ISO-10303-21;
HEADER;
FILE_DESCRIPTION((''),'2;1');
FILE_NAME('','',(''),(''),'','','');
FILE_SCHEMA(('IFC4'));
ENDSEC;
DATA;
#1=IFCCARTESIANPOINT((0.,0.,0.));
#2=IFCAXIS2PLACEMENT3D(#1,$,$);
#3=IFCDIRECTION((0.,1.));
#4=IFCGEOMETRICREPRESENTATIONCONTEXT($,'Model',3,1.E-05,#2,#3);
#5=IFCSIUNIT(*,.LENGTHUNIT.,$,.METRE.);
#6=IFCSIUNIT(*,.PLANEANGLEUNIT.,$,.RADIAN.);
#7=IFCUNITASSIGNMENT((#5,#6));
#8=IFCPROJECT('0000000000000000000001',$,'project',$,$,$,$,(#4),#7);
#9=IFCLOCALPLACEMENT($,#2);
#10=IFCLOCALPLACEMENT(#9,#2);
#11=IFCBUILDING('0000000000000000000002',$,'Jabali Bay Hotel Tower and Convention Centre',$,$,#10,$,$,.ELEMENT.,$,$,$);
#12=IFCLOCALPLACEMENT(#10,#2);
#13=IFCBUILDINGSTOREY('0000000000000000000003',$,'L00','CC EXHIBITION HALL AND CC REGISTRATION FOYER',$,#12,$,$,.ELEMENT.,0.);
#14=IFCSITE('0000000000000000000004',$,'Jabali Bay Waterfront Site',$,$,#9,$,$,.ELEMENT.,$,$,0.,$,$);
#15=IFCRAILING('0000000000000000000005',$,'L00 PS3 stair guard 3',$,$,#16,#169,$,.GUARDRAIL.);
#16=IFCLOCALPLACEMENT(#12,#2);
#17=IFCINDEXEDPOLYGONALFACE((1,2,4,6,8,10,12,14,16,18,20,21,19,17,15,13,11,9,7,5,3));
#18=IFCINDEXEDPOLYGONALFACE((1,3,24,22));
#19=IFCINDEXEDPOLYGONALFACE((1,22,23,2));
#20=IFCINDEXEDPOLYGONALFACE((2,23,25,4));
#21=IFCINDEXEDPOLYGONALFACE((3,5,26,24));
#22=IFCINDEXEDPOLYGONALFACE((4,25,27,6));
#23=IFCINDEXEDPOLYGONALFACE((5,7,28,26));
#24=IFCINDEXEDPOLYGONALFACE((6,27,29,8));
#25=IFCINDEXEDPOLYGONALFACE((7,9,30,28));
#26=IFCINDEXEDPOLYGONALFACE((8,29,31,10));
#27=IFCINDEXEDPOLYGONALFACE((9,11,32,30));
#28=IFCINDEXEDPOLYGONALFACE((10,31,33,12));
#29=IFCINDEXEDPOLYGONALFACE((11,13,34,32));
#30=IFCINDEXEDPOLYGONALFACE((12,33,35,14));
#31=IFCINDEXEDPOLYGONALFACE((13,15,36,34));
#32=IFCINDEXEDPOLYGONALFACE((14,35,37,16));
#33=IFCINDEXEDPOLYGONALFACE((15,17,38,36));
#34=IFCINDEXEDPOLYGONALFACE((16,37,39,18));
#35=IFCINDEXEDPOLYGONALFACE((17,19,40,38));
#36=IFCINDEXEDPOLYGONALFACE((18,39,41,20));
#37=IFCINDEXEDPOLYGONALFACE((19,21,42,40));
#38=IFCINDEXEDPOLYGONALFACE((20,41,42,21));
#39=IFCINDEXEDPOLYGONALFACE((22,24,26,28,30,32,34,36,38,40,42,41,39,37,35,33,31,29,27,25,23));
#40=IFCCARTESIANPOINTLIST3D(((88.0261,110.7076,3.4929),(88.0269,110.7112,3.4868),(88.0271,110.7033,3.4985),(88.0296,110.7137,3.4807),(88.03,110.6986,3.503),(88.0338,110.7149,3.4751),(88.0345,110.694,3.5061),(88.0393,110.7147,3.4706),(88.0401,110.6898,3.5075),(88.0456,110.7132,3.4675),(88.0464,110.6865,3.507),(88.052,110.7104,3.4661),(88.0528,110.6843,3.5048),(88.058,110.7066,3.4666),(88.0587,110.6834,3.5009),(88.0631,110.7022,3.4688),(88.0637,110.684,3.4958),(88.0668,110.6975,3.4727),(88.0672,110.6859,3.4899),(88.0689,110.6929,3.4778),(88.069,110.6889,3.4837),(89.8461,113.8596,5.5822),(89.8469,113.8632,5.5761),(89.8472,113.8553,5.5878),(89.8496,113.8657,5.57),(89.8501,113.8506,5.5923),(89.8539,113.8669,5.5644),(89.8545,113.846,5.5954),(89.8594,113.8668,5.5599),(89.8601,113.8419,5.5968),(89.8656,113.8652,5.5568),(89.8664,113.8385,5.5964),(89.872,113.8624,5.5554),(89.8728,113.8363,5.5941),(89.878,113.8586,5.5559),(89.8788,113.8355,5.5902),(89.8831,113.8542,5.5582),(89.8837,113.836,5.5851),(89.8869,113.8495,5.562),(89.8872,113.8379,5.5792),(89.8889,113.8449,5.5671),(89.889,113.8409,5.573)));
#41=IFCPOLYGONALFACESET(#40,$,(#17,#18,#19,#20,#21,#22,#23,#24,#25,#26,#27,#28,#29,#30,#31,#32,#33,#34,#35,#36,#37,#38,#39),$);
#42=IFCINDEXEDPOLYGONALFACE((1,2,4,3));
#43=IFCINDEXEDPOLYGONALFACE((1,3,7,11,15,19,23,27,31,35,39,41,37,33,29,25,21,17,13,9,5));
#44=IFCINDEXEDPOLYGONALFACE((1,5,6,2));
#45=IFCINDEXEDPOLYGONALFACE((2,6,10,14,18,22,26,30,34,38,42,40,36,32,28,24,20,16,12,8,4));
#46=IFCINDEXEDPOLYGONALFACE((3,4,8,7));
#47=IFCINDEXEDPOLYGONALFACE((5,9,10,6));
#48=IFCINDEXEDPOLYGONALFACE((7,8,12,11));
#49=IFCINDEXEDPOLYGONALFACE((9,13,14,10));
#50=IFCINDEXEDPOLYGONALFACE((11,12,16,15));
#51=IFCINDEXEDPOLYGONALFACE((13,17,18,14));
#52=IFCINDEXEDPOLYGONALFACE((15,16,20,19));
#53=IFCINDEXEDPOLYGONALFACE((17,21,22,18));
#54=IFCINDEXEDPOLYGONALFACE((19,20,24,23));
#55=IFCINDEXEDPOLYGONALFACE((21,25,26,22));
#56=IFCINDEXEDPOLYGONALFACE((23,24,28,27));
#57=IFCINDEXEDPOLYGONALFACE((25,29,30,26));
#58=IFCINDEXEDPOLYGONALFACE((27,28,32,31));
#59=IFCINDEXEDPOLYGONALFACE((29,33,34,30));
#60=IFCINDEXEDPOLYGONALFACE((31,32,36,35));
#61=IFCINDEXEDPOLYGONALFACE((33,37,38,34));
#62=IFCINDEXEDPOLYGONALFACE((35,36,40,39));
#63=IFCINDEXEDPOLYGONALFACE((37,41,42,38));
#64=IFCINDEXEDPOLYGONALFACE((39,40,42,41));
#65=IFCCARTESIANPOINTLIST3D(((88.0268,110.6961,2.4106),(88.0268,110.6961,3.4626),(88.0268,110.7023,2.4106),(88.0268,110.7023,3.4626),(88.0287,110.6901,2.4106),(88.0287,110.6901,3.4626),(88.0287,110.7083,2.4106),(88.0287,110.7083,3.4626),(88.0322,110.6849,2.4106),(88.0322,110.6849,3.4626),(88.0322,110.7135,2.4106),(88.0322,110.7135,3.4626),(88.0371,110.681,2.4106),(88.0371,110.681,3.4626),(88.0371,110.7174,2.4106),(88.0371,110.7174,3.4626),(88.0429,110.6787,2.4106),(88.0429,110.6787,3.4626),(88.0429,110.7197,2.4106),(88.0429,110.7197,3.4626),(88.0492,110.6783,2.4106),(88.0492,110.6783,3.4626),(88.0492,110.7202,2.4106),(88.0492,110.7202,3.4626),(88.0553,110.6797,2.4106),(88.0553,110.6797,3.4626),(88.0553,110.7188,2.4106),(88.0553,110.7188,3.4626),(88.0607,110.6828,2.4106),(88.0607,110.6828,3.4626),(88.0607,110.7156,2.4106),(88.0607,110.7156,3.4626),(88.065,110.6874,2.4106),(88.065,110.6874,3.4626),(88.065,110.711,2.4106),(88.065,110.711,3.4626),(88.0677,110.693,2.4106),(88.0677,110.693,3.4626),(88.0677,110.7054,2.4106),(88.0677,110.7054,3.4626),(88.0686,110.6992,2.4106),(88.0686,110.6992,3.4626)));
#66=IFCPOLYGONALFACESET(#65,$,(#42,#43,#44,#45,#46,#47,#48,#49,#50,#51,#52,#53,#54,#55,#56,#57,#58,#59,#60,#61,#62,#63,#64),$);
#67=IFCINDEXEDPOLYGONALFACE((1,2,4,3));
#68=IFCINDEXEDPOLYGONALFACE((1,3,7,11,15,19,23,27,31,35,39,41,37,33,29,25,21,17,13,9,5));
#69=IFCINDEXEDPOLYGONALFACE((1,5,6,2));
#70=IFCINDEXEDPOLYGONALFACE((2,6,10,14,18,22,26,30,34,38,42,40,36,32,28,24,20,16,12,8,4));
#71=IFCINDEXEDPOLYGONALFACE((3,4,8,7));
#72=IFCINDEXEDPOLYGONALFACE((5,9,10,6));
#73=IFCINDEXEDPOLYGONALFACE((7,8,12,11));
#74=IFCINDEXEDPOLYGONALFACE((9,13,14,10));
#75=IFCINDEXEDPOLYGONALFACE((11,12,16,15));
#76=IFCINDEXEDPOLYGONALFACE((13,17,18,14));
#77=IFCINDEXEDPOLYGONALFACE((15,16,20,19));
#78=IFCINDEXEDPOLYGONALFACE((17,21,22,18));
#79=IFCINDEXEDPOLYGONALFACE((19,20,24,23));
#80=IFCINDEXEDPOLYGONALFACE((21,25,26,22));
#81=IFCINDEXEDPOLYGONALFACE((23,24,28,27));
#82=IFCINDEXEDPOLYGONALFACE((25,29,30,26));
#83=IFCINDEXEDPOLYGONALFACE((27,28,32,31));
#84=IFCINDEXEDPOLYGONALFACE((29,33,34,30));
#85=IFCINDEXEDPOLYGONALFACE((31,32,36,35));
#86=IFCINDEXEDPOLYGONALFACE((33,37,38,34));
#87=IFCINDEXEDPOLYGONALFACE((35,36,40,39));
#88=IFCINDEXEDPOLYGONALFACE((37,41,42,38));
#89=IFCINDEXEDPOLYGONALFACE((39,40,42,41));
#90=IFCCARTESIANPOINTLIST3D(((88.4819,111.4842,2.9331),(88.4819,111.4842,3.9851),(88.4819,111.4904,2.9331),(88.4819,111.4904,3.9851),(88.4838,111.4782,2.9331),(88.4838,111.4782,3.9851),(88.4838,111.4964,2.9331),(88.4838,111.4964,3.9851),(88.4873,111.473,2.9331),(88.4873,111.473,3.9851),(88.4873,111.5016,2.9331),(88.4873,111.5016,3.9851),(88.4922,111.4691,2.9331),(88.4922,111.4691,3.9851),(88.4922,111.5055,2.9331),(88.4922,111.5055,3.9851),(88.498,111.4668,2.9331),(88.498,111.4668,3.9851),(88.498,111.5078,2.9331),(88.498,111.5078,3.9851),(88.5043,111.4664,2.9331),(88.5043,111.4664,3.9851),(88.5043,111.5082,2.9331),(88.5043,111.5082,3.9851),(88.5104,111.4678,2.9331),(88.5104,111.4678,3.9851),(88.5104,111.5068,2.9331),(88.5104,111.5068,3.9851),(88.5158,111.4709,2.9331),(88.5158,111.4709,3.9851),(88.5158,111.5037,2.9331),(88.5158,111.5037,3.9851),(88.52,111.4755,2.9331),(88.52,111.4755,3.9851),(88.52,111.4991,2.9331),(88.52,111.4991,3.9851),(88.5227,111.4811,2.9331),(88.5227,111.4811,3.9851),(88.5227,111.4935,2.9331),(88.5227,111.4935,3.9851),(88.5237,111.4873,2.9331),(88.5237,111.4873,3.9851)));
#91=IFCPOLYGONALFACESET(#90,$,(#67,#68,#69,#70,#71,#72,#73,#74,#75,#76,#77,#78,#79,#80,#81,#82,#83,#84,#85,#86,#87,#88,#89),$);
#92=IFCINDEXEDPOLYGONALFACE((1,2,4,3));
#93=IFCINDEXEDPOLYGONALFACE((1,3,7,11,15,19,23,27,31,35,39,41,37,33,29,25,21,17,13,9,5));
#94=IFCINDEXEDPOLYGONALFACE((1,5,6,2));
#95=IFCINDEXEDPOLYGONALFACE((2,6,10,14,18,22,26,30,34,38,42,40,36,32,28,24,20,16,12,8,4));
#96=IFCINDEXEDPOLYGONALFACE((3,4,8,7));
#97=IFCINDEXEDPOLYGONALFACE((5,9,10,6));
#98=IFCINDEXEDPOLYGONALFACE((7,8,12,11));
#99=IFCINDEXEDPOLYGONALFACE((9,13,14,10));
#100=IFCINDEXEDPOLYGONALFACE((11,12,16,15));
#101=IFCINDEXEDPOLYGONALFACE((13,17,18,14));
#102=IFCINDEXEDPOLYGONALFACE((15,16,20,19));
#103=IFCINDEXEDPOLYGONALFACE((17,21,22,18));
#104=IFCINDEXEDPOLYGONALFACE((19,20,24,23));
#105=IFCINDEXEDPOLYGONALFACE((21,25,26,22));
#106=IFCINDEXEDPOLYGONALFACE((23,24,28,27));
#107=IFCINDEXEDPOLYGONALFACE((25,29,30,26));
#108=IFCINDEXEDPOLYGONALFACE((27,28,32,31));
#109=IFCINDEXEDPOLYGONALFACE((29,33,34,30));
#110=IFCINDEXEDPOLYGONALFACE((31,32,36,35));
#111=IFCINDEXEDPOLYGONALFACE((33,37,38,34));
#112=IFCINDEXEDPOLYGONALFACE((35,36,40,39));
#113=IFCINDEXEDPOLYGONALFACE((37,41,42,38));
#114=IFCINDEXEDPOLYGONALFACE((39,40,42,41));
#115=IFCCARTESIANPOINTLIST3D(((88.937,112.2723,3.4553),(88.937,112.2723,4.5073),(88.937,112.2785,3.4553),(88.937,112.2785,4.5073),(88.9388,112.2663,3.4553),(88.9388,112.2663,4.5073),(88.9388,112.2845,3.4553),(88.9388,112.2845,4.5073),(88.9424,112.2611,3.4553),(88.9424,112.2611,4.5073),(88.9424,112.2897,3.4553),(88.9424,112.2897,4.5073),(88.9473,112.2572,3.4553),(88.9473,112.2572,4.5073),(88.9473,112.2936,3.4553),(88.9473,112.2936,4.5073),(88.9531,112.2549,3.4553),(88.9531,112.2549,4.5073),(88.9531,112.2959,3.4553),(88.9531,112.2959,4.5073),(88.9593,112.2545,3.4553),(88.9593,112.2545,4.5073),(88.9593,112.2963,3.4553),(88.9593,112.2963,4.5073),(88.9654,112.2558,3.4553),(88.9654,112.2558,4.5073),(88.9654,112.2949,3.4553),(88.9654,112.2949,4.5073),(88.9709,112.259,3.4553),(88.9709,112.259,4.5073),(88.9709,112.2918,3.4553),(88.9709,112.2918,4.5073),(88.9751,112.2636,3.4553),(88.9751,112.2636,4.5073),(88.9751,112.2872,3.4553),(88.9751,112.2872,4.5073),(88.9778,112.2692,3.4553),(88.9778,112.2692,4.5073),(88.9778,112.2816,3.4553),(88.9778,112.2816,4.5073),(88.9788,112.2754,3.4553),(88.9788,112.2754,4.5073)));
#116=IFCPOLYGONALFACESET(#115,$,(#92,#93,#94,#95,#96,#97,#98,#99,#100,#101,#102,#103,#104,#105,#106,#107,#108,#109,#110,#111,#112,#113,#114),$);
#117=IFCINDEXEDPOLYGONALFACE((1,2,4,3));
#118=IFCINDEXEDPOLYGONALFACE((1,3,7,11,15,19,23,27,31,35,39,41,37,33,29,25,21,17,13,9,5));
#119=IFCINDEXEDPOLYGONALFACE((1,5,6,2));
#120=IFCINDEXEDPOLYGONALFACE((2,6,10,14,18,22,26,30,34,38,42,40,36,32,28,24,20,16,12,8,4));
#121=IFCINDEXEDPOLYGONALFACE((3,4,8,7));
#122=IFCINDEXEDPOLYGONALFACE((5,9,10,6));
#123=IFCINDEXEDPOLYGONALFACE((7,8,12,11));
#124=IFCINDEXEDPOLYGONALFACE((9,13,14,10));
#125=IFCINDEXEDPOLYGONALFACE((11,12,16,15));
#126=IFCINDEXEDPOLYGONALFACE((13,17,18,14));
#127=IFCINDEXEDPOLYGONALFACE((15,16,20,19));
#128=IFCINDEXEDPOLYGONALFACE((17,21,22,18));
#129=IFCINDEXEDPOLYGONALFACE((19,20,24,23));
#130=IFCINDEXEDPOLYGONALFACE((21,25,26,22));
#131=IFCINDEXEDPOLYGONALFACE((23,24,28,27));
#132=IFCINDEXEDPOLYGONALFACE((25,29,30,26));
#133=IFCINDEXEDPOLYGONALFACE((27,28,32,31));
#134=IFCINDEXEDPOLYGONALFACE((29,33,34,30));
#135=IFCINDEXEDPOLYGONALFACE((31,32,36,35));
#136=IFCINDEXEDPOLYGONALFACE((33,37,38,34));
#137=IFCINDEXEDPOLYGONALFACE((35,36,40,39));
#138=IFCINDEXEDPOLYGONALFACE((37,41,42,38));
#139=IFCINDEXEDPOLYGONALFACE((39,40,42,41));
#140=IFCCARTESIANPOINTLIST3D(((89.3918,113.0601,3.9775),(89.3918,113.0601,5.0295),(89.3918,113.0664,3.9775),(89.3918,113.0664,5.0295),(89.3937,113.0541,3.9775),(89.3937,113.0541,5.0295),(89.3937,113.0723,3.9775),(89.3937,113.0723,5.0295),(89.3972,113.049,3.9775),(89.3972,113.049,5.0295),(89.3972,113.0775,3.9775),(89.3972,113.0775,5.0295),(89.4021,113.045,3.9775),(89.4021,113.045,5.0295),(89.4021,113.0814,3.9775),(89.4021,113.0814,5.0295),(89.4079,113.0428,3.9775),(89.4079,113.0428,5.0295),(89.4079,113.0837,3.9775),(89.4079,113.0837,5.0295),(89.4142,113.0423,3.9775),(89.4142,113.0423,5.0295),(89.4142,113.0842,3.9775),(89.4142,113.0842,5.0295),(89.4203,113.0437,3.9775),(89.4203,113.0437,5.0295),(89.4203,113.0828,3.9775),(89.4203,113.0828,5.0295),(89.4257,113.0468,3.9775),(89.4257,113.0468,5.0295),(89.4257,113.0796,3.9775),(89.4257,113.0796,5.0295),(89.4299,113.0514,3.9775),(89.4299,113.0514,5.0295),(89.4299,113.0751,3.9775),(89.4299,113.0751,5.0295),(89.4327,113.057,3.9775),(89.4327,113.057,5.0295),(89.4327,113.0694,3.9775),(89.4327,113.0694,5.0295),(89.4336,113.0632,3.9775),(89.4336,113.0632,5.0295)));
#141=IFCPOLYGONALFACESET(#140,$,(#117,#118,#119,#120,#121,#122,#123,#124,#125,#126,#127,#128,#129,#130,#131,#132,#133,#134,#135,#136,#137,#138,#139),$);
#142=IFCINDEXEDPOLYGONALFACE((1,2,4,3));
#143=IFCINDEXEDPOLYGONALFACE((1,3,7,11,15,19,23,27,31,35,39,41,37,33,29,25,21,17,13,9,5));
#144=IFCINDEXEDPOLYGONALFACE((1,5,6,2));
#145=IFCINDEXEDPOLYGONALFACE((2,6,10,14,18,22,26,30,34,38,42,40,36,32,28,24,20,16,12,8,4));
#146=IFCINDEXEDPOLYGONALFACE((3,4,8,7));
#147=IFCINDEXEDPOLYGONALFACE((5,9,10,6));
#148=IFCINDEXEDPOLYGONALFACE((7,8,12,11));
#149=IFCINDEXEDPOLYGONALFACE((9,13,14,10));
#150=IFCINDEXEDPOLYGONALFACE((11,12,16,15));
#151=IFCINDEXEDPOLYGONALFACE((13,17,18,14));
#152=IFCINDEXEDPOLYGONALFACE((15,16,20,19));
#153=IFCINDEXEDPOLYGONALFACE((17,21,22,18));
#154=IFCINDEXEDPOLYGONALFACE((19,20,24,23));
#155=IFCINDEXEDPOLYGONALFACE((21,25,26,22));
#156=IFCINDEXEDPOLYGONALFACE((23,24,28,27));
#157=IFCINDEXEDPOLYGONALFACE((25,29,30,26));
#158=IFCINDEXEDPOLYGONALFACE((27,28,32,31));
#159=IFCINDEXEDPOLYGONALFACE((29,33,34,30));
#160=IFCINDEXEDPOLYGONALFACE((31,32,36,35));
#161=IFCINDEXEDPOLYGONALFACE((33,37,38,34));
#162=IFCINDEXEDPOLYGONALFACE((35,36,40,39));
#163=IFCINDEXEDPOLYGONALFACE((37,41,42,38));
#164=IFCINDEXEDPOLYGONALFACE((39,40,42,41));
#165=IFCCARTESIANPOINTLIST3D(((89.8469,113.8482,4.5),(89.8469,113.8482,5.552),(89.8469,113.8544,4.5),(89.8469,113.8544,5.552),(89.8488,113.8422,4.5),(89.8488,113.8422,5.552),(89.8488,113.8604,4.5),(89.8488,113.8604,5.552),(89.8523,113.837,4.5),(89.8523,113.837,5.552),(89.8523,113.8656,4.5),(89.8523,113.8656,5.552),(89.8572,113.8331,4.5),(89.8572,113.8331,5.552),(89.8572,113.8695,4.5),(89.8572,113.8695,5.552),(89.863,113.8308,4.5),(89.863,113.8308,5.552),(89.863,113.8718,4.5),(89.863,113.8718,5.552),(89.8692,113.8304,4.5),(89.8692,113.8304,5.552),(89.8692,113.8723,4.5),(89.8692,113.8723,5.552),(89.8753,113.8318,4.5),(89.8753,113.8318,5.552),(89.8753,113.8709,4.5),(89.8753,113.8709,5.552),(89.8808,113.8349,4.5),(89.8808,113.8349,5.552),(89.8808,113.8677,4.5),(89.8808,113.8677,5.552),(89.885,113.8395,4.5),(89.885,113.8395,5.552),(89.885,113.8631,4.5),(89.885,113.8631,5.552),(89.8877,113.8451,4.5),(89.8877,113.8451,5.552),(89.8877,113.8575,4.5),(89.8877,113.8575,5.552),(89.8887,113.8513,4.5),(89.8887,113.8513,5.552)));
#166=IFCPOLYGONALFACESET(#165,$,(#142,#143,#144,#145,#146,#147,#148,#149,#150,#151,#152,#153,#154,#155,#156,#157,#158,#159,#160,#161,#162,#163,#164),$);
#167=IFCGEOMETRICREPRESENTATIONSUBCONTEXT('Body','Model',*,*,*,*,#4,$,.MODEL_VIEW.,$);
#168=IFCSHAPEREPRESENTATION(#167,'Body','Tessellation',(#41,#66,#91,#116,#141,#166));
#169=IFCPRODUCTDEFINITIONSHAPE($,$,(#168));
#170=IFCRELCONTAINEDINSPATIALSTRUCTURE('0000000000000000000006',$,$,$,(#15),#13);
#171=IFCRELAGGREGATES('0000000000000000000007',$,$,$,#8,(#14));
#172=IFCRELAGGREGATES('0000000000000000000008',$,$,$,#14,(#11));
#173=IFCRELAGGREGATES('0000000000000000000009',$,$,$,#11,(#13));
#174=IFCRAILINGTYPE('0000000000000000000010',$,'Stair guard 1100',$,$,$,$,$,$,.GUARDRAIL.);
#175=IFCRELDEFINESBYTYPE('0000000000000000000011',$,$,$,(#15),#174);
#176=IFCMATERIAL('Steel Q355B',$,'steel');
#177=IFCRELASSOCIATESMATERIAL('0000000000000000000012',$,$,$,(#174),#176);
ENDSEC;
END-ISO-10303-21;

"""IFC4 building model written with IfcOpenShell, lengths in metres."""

from ifc_helpers import new_model, si_unit, direction, frame, origin, origin_2d, place, context, subcontext, project, spatial, circle, extrude, material, type_object, element, save


model = new_model("IFC4")

# Units and contexts
model_context = context("Model", 3, precision=1e-05, world=origin(), true_north=direction((0.0, 1.0)))
body_context = subcontext(model_context, "Body", "Model", "MODEL_VIEW")
ifc_project = project(units=[si_unit("LENGTHUNIT", "METRE"), si_unit("PLANEANGLEUNIT", "RADIAN")], contexts=[model_context])

# Site, building, storey
site_placement = place(None, origin())
site = spatial("IfcSite", under=ifc_project, at=site_placement, Name="Jabali Bay Waterfront Site", CompositionType="ELEMENT", RefElevation=0.0)
building_placement = place(site_placement, origin())
building = spatial("IfcBuilding", under=site, at=building_placement, Name="Jabali Bay Hotel Tower and Convention Centre", CompositionType="ELEMENT")
storey_placement = place(building_placement, origin())
storey = spatial("IfcBuildingStorey", under=building, at=storey_placement, Name="L00", Description="CC EXHIBITION HALL AND CC REGISTRATION FOYER", CompositionType="ELEMENT", Elevation=0.0)

# Railing
ifc_material_1 = material(Name="Steel Q355B", Category="steel")
railing_type_1 = type_object("IfcRailingType", Name="Stair guard 1100", PredefinedType="GUARDRAIL", material=ifc_material_1)
for number, where, name in (
    (1, (88.0476, 110.6992, 2.4106), "L00 PS3 stair guard 3"),
):
    element("IfcRailing", number, at=place(storey_placement, frame(where)), inside=storey, type_object=railing_type_1, Name=name, PredefinedType="GUARDRAIL", context=body_context, shape_type="SweptSolid", body=[
        extrude(circle(Radius=0.0239, at=origin_2d()), frame((0.0, 0.0, 1.0762), z_axis=(0.433672, 0.751058, 0.497836), x_axis=(-0.866001, 0.500042, 0.0)), (0.0, 0.0, 1.0), 4.1968),
        extrude(circle(Radius=0.021, at=origin_2d()), origin(), (0.0, 0.0, 1.0), 1.052),
        extrude(circle(Radius=0.021, at=origin_2d()), frame((0.4551, 0.7881, 0.5225)), (0.0, 0.0, 1.0), 1.052),
        extrude(circle(Radius=0.021, at=origin_2d()), frame((0.9102, 1.5762, 1.0447)), (0.0, 0.0, 1.0), 1.052),
        extrude(circle(Radius=0.021, at=origin_2d()), frame((1.365, 2.364, 1.5669)), (0.0, 0.0, 1.0), 1.052),
        extrude(circle(Radius=0.021, at=origin_2d()), frame((1.8201, 3.1521, 2.0894)), (0.0, 0.0, 1.0), 1.052),
    ])

save(model, "model.ifc")
